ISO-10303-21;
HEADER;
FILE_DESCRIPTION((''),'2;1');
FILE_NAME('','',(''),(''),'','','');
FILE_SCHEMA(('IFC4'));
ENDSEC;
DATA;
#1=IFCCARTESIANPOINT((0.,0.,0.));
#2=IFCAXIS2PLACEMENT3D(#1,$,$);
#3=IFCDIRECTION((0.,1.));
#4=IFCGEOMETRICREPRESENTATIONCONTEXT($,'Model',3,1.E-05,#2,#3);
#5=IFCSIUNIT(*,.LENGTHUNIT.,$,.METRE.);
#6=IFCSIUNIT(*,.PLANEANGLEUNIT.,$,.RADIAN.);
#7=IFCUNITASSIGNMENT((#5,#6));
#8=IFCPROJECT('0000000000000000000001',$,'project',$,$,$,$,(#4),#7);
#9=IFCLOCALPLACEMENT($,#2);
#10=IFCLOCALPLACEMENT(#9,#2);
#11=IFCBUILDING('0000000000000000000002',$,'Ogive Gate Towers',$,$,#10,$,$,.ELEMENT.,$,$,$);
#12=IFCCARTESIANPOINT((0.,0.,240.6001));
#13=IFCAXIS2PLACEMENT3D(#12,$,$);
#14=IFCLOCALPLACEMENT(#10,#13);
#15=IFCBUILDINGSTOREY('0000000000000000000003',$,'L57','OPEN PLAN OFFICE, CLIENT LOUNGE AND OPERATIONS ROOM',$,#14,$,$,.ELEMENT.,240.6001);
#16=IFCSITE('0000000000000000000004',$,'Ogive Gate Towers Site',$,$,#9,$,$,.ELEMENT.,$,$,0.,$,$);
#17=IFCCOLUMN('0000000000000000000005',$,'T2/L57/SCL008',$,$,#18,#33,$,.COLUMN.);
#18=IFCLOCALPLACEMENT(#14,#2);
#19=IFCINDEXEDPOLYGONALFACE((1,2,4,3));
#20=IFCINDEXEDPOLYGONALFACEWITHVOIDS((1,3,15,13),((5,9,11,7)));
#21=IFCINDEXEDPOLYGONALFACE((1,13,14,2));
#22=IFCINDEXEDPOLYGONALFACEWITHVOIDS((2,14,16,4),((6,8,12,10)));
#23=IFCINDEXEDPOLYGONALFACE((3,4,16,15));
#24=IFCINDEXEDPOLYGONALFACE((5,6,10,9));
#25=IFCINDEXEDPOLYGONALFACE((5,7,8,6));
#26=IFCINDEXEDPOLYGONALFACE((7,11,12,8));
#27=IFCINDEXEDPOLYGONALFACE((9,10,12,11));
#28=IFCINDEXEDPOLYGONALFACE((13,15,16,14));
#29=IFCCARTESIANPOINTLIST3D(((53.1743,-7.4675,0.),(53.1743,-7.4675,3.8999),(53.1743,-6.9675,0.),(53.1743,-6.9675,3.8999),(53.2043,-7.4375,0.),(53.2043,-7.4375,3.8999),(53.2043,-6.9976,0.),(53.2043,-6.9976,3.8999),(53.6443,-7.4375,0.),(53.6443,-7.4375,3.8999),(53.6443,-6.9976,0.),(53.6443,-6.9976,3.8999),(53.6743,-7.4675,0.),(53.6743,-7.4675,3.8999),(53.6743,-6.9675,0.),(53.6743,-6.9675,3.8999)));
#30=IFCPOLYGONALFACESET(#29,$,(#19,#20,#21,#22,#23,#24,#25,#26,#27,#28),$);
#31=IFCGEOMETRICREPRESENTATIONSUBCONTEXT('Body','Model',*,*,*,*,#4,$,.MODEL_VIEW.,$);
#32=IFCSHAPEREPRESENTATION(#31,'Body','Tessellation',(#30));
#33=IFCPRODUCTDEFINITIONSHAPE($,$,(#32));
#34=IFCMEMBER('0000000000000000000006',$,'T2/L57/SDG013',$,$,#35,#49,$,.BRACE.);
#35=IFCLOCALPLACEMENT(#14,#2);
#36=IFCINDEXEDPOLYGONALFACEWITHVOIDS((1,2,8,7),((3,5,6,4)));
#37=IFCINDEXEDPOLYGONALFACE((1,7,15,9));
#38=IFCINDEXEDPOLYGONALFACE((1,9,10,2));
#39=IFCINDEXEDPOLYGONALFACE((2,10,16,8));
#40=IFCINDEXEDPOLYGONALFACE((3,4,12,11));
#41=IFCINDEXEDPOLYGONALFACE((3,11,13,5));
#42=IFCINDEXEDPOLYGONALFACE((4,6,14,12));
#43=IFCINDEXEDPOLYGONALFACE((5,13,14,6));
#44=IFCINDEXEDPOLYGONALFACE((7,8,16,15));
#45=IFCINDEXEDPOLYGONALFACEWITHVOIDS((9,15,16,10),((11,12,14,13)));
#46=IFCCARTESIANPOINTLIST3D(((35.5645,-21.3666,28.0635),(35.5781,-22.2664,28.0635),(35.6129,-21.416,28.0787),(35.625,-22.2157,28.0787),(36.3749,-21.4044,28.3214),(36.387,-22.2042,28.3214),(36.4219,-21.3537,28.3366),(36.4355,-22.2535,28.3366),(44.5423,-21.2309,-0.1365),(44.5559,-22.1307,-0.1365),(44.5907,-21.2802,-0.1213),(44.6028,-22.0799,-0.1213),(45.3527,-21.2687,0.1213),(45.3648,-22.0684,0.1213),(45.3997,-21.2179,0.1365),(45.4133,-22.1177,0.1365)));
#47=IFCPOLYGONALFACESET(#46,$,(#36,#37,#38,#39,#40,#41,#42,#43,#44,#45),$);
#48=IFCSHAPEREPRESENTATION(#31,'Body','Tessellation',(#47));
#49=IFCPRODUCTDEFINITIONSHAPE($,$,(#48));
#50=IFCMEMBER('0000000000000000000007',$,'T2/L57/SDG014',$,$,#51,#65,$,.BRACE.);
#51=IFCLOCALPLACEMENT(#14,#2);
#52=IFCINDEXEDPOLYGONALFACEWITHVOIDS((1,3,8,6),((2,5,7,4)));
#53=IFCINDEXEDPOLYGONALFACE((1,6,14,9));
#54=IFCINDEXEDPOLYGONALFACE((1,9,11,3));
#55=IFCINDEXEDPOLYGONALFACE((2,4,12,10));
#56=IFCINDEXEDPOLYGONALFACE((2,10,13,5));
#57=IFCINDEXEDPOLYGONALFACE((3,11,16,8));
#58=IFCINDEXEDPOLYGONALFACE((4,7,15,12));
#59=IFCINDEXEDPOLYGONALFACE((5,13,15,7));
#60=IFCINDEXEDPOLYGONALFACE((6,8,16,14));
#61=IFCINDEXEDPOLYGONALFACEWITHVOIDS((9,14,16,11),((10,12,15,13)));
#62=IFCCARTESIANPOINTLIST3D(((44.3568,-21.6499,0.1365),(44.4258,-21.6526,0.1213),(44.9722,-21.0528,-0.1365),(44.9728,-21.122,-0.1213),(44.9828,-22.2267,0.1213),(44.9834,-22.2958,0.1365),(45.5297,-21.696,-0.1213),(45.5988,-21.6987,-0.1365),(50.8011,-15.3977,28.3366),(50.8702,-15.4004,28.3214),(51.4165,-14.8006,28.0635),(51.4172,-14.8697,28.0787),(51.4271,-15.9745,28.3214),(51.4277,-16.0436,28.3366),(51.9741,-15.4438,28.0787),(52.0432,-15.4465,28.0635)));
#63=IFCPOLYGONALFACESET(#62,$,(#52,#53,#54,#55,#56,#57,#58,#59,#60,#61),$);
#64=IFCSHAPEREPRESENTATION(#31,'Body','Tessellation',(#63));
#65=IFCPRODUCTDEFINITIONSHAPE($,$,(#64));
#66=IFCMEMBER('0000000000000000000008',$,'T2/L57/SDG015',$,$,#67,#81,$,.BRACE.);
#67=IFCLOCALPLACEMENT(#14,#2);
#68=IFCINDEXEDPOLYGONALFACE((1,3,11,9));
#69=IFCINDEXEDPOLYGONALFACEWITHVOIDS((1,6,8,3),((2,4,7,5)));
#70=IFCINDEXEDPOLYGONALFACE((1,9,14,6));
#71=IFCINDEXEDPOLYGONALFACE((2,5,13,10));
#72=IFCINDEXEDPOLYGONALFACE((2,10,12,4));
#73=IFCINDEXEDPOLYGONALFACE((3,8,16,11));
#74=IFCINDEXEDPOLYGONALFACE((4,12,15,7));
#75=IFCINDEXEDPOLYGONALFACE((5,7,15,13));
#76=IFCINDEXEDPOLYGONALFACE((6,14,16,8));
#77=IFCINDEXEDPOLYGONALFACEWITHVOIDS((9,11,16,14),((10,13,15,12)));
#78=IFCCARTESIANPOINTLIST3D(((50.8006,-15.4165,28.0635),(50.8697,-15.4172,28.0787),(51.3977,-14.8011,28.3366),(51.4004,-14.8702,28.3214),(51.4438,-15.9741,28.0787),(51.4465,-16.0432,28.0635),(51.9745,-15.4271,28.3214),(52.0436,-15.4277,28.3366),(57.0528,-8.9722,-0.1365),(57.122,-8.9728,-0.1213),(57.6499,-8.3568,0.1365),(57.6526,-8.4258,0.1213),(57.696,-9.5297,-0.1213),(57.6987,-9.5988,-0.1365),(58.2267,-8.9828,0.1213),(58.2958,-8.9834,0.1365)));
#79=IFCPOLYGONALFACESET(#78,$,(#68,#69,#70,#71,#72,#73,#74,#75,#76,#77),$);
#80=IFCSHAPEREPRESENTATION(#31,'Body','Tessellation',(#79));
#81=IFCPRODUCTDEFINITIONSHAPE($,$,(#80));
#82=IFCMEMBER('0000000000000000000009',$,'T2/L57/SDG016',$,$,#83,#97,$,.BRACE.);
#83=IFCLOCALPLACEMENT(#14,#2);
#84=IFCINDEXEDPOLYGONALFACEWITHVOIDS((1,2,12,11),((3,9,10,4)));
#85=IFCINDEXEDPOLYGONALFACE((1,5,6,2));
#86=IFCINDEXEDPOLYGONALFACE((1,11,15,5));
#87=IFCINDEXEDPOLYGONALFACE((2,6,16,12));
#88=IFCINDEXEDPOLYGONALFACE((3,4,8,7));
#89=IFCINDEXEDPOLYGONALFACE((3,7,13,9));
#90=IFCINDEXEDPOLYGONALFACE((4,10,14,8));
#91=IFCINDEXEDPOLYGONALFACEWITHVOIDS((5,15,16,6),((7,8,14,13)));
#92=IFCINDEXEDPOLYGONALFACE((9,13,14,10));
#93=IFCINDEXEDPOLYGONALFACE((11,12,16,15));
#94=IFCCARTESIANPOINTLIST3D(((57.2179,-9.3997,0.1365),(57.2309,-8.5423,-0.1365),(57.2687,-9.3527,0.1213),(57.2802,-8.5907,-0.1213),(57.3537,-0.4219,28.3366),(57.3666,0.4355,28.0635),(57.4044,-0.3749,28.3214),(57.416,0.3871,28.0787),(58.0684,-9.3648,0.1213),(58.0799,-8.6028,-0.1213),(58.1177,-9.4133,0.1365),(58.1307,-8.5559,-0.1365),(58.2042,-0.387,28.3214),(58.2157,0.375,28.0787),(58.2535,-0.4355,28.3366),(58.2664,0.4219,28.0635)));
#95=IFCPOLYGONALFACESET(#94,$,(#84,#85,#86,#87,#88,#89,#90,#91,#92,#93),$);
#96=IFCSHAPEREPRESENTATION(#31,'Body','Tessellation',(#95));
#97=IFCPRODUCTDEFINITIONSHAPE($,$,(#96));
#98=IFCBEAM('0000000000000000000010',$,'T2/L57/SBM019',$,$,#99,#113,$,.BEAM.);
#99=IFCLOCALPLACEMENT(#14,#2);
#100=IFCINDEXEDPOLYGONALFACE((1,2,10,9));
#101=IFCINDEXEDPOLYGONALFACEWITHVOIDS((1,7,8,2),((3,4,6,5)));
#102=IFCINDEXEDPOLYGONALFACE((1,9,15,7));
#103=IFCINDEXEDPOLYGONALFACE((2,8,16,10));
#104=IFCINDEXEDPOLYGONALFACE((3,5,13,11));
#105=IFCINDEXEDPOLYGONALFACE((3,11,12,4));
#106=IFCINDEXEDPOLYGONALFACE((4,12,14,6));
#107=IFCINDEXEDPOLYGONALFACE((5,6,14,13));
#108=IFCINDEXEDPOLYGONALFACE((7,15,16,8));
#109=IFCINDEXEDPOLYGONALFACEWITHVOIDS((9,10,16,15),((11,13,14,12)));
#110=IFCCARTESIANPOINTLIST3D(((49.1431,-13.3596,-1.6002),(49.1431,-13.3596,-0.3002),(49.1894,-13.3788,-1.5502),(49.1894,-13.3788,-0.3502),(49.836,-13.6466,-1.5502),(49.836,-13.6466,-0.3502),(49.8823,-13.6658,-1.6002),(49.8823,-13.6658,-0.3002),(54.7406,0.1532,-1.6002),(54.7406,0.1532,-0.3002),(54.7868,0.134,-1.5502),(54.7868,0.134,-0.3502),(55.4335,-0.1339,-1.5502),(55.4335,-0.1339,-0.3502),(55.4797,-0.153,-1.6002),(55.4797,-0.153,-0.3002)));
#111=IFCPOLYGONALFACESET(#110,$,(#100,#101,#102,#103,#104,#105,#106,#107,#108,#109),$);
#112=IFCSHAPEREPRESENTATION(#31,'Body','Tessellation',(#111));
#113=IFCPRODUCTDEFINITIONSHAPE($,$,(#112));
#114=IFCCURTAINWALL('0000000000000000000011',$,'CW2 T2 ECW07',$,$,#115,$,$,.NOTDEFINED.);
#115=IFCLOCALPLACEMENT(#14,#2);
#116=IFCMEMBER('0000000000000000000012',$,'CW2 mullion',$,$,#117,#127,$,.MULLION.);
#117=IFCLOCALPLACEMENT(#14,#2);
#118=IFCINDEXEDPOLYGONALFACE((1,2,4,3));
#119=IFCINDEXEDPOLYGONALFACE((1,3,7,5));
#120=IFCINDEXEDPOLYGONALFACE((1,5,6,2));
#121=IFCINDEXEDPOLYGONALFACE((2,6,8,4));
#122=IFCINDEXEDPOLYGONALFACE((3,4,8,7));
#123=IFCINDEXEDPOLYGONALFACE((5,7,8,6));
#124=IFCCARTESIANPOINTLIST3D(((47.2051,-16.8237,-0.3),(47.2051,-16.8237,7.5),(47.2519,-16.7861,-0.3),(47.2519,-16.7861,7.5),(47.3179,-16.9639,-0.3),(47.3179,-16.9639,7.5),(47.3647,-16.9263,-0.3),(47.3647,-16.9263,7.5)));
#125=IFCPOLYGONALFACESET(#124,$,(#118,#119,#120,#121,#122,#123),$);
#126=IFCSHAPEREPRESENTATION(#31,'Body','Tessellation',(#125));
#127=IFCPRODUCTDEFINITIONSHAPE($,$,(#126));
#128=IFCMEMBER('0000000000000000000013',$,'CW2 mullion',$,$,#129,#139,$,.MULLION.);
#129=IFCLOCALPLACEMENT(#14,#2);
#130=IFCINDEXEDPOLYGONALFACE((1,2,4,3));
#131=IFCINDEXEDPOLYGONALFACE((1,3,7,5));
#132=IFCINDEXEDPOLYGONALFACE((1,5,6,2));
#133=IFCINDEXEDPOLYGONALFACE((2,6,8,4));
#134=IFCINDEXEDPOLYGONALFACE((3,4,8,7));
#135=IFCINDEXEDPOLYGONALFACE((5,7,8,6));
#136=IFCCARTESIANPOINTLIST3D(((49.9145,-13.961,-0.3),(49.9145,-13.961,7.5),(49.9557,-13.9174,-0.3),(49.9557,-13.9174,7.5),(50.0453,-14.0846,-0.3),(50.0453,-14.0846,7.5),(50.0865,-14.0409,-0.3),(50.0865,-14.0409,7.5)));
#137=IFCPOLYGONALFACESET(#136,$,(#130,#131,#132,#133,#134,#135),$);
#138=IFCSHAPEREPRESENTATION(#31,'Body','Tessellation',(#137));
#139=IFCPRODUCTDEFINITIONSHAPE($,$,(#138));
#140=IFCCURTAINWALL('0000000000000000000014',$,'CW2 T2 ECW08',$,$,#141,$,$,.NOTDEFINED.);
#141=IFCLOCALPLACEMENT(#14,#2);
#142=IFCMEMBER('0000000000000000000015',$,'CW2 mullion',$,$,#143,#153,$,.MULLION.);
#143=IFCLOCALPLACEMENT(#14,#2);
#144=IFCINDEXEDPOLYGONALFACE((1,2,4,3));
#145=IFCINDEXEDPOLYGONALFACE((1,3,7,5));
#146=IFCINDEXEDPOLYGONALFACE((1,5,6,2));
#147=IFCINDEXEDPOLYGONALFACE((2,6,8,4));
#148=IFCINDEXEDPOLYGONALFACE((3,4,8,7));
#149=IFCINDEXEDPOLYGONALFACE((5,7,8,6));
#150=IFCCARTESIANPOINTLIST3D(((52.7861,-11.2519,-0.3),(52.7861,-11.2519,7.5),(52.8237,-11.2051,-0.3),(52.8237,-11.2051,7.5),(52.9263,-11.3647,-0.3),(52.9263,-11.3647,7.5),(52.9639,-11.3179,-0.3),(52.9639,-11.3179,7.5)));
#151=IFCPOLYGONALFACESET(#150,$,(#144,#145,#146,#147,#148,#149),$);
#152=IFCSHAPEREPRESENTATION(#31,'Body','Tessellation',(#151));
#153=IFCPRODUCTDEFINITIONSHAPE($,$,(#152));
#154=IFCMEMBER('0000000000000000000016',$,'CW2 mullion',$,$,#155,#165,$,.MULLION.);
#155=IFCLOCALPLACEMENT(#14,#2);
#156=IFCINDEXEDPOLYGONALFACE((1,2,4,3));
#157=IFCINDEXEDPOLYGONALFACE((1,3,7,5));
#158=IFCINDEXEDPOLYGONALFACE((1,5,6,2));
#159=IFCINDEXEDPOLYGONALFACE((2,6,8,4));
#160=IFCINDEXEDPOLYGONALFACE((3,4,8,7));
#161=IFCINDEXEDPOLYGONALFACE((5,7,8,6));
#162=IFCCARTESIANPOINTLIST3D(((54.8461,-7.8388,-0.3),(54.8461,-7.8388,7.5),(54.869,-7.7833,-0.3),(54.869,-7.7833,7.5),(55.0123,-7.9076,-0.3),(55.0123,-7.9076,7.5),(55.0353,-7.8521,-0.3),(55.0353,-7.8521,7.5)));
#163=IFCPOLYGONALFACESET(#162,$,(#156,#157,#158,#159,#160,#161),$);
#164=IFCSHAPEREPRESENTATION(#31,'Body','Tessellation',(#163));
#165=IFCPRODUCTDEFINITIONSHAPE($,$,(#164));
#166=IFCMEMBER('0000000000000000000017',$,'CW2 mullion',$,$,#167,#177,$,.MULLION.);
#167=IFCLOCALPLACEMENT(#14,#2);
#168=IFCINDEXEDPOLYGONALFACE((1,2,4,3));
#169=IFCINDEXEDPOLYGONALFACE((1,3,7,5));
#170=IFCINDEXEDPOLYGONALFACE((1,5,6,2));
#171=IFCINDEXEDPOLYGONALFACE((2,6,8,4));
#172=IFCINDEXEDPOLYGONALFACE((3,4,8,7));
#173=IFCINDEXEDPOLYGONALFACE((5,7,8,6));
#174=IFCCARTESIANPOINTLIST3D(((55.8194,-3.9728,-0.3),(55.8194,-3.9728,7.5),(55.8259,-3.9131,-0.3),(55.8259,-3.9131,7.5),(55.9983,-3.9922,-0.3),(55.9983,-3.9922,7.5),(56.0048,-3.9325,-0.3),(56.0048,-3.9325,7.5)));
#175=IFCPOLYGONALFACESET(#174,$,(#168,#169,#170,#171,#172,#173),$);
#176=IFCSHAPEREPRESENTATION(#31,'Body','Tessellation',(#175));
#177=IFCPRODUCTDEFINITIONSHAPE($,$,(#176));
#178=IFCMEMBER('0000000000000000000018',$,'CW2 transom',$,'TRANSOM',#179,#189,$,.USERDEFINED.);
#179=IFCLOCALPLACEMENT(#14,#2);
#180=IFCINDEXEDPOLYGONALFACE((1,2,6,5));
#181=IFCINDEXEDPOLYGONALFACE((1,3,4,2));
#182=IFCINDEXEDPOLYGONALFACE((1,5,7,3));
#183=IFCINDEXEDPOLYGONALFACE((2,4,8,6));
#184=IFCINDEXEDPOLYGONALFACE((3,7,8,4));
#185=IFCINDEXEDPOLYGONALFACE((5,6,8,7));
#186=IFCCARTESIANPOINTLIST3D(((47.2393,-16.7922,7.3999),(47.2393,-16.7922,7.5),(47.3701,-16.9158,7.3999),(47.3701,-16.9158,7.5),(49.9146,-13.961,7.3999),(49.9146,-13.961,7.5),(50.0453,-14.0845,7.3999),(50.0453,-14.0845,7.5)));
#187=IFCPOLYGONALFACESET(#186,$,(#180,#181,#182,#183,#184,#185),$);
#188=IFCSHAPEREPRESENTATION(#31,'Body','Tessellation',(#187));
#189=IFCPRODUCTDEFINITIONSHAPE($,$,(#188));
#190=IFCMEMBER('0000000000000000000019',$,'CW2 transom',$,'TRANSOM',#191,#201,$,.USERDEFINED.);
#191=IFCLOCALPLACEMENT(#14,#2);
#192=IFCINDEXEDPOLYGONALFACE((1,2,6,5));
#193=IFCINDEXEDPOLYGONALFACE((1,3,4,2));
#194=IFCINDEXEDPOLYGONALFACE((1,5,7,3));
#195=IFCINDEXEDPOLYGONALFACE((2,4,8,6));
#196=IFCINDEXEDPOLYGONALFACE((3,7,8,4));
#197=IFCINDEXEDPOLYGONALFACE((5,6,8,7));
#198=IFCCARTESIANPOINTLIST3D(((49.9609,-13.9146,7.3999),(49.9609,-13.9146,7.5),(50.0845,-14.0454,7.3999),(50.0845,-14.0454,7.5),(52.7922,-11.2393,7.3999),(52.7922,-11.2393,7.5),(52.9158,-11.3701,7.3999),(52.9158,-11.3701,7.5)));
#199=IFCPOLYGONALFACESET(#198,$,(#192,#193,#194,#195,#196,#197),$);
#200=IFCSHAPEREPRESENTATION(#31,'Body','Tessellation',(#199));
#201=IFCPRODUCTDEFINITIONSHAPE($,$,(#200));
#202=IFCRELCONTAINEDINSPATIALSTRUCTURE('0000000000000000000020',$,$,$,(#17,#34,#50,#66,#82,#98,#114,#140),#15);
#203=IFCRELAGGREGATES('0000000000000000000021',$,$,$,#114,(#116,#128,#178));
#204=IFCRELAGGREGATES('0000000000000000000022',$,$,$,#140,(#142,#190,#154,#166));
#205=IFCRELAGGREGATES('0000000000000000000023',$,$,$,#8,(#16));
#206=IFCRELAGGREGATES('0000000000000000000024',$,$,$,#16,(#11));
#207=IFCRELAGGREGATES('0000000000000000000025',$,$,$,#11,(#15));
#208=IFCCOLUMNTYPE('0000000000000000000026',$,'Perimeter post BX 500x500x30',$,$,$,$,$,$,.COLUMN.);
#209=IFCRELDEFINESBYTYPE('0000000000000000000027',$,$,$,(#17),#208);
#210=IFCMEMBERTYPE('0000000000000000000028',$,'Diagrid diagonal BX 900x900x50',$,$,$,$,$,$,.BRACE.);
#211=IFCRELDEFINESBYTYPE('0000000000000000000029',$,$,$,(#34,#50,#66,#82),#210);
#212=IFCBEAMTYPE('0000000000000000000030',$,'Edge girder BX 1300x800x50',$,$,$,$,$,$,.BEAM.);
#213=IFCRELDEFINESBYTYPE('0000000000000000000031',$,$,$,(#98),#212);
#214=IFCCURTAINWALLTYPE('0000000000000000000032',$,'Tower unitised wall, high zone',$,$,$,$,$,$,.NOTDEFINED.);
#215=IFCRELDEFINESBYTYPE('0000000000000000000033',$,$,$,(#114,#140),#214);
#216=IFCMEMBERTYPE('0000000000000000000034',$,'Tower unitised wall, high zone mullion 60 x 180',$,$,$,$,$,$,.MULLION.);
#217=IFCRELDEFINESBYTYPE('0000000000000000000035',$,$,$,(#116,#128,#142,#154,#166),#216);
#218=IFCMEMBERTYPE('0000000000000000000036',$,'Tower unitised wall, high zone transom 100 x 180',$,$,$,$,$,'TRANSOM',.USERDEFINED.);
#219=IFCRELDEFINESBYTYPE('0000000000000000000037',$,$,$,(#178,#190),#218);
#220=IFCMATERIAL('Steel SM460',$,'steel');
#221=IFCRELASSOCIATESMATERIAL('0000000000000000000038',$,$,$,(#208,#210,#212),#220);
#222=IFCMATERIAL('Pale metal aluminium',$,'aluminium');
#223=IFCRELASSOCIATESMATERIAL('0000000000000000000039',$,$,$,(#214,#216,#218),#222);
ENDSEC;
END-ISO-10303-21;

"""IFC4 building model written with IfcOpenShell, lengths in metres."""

from ifc_helpers import new_model, si_unit, direction, frame, origin, origin_2d, place, context, subcontext, project, spatial, rectangle, hollow_rectangle, extrude, material, material_profile, profile_set, type_object, element, aggregate, save


model = new_model("IFC4")

# Units and contexts
model_context = context("Model", 3, precision=1e-05, world=origin(), true_north=direction((0.0, 1.0)))
body_context = subcontext(model_context, "Body", "Model", "MODEL_VIEW")
ifc_project = project(units=[si_unit("LENGTHUNIT", "METRE"), si_unit("PLANEANGLEUNIT", "RADIAN")], contexts=[model_context])

# Site, building, storey
site_placement = place(None, origin())
site = spatial("IfcSite", under=ifc_project, at=site_placement, Name="Ogive Gate Towers Site", CompositionType="ELEMENT", RefElevation=0.0)
building_placement = place(site_placement, origin())
building = spatial("IfcBuilding", under=site, at=building_placement, Name="Ogive Gate Towers", CompositionType="ELEMENT")
storey_placement = place(building_placement, frame((0.0, 0.0, 240.6001)))
storey = spatial("IfcBuildingStorey", under=building, at=storey_placement, Name="L57", Description="OPEN PLAN OFFICE, CLIENT LOUNGE AND OPERATIONS ROOM", CompositionType="ELEMENT", Elevation=240.6001)

# Column
ifc_material_1 = material(Name="Steel SM460", Category="steel")
ifc_material_profile_1 = material_profile(ifc_material_1, hollow_rectangle(XDim=0.5, YDim=0.5, WallThickness=0.03, at=origin_2d()), Name="BX 500x500x30")
ifc_profile_set_1 = profile_set([ifc_material_profile_1], Name="Steel SM460")
column_type = type_object("IfcColumnType", Name="Perimeter post BX 500x500x30", PredefinedType="COLUMN", material=ifc_profile_set_1)
column_placement = place(storey_placement, frame((53.4243, -7.2175, 0.0), z_axis=(0.0, 0.0, 1.0), x_axis=(1.0, 0.0, 0.0)))
element("IfcColumn", 1, at=column_placement, inside=storey, type_object=column_type, Name="T2/L57/SCL008", PredefinedType="COLUMN", context=body_context, shape_type="SweptSolid", body=[
    extrude(hollow_rectangle(XDim=0.5, YDim=0.5, WallThickness=0.03, at=origin_2d()), origin(), (0.0, 0.0, 1.0), 3.8999),
])

# Members
ifc_material_profile_2 = material_profile(ifc_material_1, hollow_rectangle(XDim=0.8999, YDim=0.8999, WallThickness=0.05, at=origin_2d()), Name="BX 900x900x50")
ifc_profile_set_2 = profile_set([ifc_material_profile_2], Name="Steel SM460")
member_type_1 = type_object("IfcMemberType", Name="Diagrid diagonal BX 900x900x50", PredefinedType="BRACE", material=ifc_profile_set_2)
for number, where, z_axis, x_axis, name in (
    (2, (44.9778, -21.6743, 0.0), (-0.303356, -0.004587, 0.952866), (0.015118, -0.999886, 0.0), "T2/L57/SDG013"),
    (3, (44.9778, -21.6743, 0.0), (0.217752, 0.211259, 0.952866), (-0.696326, 0.717725, 0.0), "T2/L57/SDG014"),
    (4, (57.6743, -8.9778, 0.0), (-0.211259, -0.217752, 0.952866), (0.717725, -0.696326, 0.0), "T2/L57/SDG015"),
    (5, (57.6743, -8.9778, 0.0), (0.004587, 0.303356, 0.952866), (-0.999886, 0.015118, 0.0), "T2/L57/SDG016"),
):
    element("IfcMember", number, at=place(storey_placement, frame(where, z_axis=z_axis, x_axis=x_axis)), inside=storey, type_object=member_type_1, Name=name, PredefinedType="BRACE", context=body_context, shape_type="SweptSolid", body=[
        extrude(hollow_rectangle(XDim=0.8999, YDim=0.8999, WallThickness=0.05, at=origin_2d()), origin(), (0.0, 0.0, 1.0), 29.595),
    ])

# Beam
ifc_material_profile_3 = material_profile(ifc_material_1, hollow_rectangle(XDim=0.8, YDim=1.3, WallThickness=0.05, at=origin_2d()), Name="BX 1300x800x50")
ifc_profile_set_3 = profile_set([ifc_material_profile_3], Name="Steel SM460")
beam_type_1 = type_object("IfcBeamType", Name="Edge girder BX 1300x800x50", PredefinedType="BEAM", material=ifc_profile_set_3)
beam_1_placement = place(storey_placement, frame((49.5127, -13.5127, -0.9502), z_axis=(0.382699, 0.923873, 0.0), x_axis=(-0.923873, 0.382699, 0.0)))
element("IfcBeam", 6, at=beam_1_placement, inside=storey, type_object=beam_type_1, Name="T2/L57/SBM019", PredefinedType="BEAM", context=body_context, shape_type="SweptSolid", body=[
    extrude(hollow_rectangle(XDim=0.8, YDim=1.3, WallThickness=0.05, at=origin_2d()), origin(), (0.0, 0.0, 1.0), 14.6262),
])

# Curtain walls, members
ifc_material_2 = material(Name="Pale metal aluminium", Category="aluminium")
curtain_wall_type = type_object("IfcCurtainWallType", Name="Tower unitised wall, high zone", PredefinedType="NOTDEFINED", material=ifc_material_2)
curtain_wall_1_placement = place(storey_placement, origin())
curtain_wall_1 = element("IfcCurtainWall", 7, at=curtain_wall_1_placement, inside=storey, type_object=curtain_wall_type, Name="CW2 T2 ECW07", PredefinedType="NOTDEFINED")
ifc_material_profile_4 = material_profile(ifc_material_2, rectangle(XDim=0.1799, YDim=0.0601, at=origin_2d()), Name="60 x 180 aluminium box")
ifc_profile_set_4 = profile_set([ifc_material_profile_4], Name="Pale metal aluminium")
member_type_2 = type_object("IfcMemberType", Name="Tower unitised wall, high zone mullion 60 x 180", PredefinedType="MULLION", material=ifc_profile_set_4)
member_1_placement = place(storey_placement, frame((47.2849, -16.875, -0.3), z_axis=(0.0, 0.0, 1.0), x_axis=(0.626672, -0.779283, 0.0)))
member_1 = element("IfcMember", 8, at=member_1_placement, type_object=member_type_2, Name="CW2 mullion", PredefinedType="MULLION", context=body_context, shape_type="SweptSolid", body=[
    extrude(rectangle(XDim=0.1799, YDim=0.0601, at=origin_2d()), origin(), (0.0, 0.0, 1.0), 7.8),
])
member_2_placement = place(storey_placement, frame((50.0005, -14.001, -0.3), z_axis=(0.0, 0.0, 1.0), x_axis=(0.72685, -0.686796, 0.0)))
member_2 = element("IfcMember", 9, at=member_2_placement, type_object=member_type_2, Name="CW2 mullion", PredefinedType="MULLION", context=body_context, shape_type="SweptSolid", body=[
    extrude(rectangle(XDim=0.1799, YDim=0.0601, at=origin_2d()), origin(), (0.0, 0.0, 1.0), 7.8),
])
curtain_wall_2_placement = place(storey_placement, origin())
curtain_wall_2 = element("IfcCurtainWall", 10, at=curtain_wall_2_placement, inside=storey, type_object=curtain_wall_type, Name="CW2 T2 ECW08", PredefinedType="NOTDEFINED")
member_3_placement = place(storey_placement, frame((52.875, -11.2849, -0.3), z_axis=(0.0, 0.0, 1.0), x_axis=(0.779283, -0.626672, 0.0)))
member_3 = element("IfcMember", 11, at=member_3_placement, type_object=member_type_2, Name="CW2 mullion", PredefinedType="MULLION", context=body_context, shape_type="SweptSolid", body=[
    extrude(rectangle(XDim=0.1799, YDim=0.0601, at=origin_2d()), origin(), (0.0, 0.0, 1.0), 7.8),
])
member_4_placement = place(storey_placement, frame((54.9407, -7.8455, -0.3), z_axis=(0.0, 0.0, 1.0), x_axis=(0.92388, -0.382683, 0.0)))
member_4 = element("IfcMember", 12, at=member_4_placement, type_object=member_type_2, Name="CW2 mullion", PredefinedType="MULLION", context=body_context, shape_type="SweptSolid", body=[
    extrude(rectangle(XDim=0.1799, YDim=0.0601, at=origin_2d()), origin(), (0.0, 0.0, 1.0), 7.8),
])
member_5_placement = place(storey_placement, frame((55.9121, -3.9526, -0.3), z_axis=(0.0, 0.0, 1.0), x_axis=(0.99416, -0.107913, 0.0)))
member_5 = element("IfcMember", 13, at=member_5_placement, type_object=member_type_2, Name="CW2 mullion", PredefinedType="MULLION", context=body_context, shape_type="SweptSolid", body=[
    extrude(rectangle(XDim=0.1799, YDim=0.0601, at=origin_2d()), origin(), (0.0, 0.0, 1.0), 7.8),
])

# Members
ifc_material_profile_5 = material_profile(ifc_material_2, rectangle(XDim=0.1799, YDim=0.1001, at=origin_2d()), Name="100 x 180 aluminium box")
ifc_profile_set_5 = profile_set([ifc_material_profile_5], Name="Pale metal aluminium")
member_type_3 = type_object("IfcMemberType", Name="Tower unitised wall, high zone transom 100 x 180", ElementType="TRANSOM", PredefinedType="USERDEFINED", material=ifc_profile_set_5)
member_6_placement = place(storey_placement, frame((47.3047, -16.854, 7.45), z_axis=(0.686798, 0.726848, 0.0), x_axis=(-0.726848, 0.686798, 0.0)))
member_6 = element("IfcMember", 14, at=member_6_placement, type_object=member_type_3, Name="CW2 transom", ObjectType="TRANSOM", PredefinedType="USERDEFINED", context=body_context, shape_type="SweptSolid", body=[
    extrude(rectangle(XDim=0.1799, YDim=0.1001, at=origin_2d()), origin(), (0.0, 0.0, 1.0), 3.8953),
])
member_7_placement = place(storey_placement, frame((50.0227, -13.98, 7.45), z_axis=(0.726848, 0.686798, 0.0), x_axis=(-0.686798, 0.726848, 0.0)))
member_7 = element("IfcMember", 15, at=member_7_placement, type_object=member_type_3, Name="CW2 transom", ObjectType="TRANSOM", PredefinedType="USERDEFINED", context=body_context, shape_type="SweptSolid", body=[
    extrude(rectangle(XDim=0.1799, YDim=0.1001, at=origin_2d()), origin(), (0.0, 0.0, 1.0), 3.8953),
])

aggregate(curtain_wall_1, [member_1, member_2, member_6])
aggregate(curtain_wall_2, [member_3, member_7, member_4, member_5])

save(model, "model.ifc")
